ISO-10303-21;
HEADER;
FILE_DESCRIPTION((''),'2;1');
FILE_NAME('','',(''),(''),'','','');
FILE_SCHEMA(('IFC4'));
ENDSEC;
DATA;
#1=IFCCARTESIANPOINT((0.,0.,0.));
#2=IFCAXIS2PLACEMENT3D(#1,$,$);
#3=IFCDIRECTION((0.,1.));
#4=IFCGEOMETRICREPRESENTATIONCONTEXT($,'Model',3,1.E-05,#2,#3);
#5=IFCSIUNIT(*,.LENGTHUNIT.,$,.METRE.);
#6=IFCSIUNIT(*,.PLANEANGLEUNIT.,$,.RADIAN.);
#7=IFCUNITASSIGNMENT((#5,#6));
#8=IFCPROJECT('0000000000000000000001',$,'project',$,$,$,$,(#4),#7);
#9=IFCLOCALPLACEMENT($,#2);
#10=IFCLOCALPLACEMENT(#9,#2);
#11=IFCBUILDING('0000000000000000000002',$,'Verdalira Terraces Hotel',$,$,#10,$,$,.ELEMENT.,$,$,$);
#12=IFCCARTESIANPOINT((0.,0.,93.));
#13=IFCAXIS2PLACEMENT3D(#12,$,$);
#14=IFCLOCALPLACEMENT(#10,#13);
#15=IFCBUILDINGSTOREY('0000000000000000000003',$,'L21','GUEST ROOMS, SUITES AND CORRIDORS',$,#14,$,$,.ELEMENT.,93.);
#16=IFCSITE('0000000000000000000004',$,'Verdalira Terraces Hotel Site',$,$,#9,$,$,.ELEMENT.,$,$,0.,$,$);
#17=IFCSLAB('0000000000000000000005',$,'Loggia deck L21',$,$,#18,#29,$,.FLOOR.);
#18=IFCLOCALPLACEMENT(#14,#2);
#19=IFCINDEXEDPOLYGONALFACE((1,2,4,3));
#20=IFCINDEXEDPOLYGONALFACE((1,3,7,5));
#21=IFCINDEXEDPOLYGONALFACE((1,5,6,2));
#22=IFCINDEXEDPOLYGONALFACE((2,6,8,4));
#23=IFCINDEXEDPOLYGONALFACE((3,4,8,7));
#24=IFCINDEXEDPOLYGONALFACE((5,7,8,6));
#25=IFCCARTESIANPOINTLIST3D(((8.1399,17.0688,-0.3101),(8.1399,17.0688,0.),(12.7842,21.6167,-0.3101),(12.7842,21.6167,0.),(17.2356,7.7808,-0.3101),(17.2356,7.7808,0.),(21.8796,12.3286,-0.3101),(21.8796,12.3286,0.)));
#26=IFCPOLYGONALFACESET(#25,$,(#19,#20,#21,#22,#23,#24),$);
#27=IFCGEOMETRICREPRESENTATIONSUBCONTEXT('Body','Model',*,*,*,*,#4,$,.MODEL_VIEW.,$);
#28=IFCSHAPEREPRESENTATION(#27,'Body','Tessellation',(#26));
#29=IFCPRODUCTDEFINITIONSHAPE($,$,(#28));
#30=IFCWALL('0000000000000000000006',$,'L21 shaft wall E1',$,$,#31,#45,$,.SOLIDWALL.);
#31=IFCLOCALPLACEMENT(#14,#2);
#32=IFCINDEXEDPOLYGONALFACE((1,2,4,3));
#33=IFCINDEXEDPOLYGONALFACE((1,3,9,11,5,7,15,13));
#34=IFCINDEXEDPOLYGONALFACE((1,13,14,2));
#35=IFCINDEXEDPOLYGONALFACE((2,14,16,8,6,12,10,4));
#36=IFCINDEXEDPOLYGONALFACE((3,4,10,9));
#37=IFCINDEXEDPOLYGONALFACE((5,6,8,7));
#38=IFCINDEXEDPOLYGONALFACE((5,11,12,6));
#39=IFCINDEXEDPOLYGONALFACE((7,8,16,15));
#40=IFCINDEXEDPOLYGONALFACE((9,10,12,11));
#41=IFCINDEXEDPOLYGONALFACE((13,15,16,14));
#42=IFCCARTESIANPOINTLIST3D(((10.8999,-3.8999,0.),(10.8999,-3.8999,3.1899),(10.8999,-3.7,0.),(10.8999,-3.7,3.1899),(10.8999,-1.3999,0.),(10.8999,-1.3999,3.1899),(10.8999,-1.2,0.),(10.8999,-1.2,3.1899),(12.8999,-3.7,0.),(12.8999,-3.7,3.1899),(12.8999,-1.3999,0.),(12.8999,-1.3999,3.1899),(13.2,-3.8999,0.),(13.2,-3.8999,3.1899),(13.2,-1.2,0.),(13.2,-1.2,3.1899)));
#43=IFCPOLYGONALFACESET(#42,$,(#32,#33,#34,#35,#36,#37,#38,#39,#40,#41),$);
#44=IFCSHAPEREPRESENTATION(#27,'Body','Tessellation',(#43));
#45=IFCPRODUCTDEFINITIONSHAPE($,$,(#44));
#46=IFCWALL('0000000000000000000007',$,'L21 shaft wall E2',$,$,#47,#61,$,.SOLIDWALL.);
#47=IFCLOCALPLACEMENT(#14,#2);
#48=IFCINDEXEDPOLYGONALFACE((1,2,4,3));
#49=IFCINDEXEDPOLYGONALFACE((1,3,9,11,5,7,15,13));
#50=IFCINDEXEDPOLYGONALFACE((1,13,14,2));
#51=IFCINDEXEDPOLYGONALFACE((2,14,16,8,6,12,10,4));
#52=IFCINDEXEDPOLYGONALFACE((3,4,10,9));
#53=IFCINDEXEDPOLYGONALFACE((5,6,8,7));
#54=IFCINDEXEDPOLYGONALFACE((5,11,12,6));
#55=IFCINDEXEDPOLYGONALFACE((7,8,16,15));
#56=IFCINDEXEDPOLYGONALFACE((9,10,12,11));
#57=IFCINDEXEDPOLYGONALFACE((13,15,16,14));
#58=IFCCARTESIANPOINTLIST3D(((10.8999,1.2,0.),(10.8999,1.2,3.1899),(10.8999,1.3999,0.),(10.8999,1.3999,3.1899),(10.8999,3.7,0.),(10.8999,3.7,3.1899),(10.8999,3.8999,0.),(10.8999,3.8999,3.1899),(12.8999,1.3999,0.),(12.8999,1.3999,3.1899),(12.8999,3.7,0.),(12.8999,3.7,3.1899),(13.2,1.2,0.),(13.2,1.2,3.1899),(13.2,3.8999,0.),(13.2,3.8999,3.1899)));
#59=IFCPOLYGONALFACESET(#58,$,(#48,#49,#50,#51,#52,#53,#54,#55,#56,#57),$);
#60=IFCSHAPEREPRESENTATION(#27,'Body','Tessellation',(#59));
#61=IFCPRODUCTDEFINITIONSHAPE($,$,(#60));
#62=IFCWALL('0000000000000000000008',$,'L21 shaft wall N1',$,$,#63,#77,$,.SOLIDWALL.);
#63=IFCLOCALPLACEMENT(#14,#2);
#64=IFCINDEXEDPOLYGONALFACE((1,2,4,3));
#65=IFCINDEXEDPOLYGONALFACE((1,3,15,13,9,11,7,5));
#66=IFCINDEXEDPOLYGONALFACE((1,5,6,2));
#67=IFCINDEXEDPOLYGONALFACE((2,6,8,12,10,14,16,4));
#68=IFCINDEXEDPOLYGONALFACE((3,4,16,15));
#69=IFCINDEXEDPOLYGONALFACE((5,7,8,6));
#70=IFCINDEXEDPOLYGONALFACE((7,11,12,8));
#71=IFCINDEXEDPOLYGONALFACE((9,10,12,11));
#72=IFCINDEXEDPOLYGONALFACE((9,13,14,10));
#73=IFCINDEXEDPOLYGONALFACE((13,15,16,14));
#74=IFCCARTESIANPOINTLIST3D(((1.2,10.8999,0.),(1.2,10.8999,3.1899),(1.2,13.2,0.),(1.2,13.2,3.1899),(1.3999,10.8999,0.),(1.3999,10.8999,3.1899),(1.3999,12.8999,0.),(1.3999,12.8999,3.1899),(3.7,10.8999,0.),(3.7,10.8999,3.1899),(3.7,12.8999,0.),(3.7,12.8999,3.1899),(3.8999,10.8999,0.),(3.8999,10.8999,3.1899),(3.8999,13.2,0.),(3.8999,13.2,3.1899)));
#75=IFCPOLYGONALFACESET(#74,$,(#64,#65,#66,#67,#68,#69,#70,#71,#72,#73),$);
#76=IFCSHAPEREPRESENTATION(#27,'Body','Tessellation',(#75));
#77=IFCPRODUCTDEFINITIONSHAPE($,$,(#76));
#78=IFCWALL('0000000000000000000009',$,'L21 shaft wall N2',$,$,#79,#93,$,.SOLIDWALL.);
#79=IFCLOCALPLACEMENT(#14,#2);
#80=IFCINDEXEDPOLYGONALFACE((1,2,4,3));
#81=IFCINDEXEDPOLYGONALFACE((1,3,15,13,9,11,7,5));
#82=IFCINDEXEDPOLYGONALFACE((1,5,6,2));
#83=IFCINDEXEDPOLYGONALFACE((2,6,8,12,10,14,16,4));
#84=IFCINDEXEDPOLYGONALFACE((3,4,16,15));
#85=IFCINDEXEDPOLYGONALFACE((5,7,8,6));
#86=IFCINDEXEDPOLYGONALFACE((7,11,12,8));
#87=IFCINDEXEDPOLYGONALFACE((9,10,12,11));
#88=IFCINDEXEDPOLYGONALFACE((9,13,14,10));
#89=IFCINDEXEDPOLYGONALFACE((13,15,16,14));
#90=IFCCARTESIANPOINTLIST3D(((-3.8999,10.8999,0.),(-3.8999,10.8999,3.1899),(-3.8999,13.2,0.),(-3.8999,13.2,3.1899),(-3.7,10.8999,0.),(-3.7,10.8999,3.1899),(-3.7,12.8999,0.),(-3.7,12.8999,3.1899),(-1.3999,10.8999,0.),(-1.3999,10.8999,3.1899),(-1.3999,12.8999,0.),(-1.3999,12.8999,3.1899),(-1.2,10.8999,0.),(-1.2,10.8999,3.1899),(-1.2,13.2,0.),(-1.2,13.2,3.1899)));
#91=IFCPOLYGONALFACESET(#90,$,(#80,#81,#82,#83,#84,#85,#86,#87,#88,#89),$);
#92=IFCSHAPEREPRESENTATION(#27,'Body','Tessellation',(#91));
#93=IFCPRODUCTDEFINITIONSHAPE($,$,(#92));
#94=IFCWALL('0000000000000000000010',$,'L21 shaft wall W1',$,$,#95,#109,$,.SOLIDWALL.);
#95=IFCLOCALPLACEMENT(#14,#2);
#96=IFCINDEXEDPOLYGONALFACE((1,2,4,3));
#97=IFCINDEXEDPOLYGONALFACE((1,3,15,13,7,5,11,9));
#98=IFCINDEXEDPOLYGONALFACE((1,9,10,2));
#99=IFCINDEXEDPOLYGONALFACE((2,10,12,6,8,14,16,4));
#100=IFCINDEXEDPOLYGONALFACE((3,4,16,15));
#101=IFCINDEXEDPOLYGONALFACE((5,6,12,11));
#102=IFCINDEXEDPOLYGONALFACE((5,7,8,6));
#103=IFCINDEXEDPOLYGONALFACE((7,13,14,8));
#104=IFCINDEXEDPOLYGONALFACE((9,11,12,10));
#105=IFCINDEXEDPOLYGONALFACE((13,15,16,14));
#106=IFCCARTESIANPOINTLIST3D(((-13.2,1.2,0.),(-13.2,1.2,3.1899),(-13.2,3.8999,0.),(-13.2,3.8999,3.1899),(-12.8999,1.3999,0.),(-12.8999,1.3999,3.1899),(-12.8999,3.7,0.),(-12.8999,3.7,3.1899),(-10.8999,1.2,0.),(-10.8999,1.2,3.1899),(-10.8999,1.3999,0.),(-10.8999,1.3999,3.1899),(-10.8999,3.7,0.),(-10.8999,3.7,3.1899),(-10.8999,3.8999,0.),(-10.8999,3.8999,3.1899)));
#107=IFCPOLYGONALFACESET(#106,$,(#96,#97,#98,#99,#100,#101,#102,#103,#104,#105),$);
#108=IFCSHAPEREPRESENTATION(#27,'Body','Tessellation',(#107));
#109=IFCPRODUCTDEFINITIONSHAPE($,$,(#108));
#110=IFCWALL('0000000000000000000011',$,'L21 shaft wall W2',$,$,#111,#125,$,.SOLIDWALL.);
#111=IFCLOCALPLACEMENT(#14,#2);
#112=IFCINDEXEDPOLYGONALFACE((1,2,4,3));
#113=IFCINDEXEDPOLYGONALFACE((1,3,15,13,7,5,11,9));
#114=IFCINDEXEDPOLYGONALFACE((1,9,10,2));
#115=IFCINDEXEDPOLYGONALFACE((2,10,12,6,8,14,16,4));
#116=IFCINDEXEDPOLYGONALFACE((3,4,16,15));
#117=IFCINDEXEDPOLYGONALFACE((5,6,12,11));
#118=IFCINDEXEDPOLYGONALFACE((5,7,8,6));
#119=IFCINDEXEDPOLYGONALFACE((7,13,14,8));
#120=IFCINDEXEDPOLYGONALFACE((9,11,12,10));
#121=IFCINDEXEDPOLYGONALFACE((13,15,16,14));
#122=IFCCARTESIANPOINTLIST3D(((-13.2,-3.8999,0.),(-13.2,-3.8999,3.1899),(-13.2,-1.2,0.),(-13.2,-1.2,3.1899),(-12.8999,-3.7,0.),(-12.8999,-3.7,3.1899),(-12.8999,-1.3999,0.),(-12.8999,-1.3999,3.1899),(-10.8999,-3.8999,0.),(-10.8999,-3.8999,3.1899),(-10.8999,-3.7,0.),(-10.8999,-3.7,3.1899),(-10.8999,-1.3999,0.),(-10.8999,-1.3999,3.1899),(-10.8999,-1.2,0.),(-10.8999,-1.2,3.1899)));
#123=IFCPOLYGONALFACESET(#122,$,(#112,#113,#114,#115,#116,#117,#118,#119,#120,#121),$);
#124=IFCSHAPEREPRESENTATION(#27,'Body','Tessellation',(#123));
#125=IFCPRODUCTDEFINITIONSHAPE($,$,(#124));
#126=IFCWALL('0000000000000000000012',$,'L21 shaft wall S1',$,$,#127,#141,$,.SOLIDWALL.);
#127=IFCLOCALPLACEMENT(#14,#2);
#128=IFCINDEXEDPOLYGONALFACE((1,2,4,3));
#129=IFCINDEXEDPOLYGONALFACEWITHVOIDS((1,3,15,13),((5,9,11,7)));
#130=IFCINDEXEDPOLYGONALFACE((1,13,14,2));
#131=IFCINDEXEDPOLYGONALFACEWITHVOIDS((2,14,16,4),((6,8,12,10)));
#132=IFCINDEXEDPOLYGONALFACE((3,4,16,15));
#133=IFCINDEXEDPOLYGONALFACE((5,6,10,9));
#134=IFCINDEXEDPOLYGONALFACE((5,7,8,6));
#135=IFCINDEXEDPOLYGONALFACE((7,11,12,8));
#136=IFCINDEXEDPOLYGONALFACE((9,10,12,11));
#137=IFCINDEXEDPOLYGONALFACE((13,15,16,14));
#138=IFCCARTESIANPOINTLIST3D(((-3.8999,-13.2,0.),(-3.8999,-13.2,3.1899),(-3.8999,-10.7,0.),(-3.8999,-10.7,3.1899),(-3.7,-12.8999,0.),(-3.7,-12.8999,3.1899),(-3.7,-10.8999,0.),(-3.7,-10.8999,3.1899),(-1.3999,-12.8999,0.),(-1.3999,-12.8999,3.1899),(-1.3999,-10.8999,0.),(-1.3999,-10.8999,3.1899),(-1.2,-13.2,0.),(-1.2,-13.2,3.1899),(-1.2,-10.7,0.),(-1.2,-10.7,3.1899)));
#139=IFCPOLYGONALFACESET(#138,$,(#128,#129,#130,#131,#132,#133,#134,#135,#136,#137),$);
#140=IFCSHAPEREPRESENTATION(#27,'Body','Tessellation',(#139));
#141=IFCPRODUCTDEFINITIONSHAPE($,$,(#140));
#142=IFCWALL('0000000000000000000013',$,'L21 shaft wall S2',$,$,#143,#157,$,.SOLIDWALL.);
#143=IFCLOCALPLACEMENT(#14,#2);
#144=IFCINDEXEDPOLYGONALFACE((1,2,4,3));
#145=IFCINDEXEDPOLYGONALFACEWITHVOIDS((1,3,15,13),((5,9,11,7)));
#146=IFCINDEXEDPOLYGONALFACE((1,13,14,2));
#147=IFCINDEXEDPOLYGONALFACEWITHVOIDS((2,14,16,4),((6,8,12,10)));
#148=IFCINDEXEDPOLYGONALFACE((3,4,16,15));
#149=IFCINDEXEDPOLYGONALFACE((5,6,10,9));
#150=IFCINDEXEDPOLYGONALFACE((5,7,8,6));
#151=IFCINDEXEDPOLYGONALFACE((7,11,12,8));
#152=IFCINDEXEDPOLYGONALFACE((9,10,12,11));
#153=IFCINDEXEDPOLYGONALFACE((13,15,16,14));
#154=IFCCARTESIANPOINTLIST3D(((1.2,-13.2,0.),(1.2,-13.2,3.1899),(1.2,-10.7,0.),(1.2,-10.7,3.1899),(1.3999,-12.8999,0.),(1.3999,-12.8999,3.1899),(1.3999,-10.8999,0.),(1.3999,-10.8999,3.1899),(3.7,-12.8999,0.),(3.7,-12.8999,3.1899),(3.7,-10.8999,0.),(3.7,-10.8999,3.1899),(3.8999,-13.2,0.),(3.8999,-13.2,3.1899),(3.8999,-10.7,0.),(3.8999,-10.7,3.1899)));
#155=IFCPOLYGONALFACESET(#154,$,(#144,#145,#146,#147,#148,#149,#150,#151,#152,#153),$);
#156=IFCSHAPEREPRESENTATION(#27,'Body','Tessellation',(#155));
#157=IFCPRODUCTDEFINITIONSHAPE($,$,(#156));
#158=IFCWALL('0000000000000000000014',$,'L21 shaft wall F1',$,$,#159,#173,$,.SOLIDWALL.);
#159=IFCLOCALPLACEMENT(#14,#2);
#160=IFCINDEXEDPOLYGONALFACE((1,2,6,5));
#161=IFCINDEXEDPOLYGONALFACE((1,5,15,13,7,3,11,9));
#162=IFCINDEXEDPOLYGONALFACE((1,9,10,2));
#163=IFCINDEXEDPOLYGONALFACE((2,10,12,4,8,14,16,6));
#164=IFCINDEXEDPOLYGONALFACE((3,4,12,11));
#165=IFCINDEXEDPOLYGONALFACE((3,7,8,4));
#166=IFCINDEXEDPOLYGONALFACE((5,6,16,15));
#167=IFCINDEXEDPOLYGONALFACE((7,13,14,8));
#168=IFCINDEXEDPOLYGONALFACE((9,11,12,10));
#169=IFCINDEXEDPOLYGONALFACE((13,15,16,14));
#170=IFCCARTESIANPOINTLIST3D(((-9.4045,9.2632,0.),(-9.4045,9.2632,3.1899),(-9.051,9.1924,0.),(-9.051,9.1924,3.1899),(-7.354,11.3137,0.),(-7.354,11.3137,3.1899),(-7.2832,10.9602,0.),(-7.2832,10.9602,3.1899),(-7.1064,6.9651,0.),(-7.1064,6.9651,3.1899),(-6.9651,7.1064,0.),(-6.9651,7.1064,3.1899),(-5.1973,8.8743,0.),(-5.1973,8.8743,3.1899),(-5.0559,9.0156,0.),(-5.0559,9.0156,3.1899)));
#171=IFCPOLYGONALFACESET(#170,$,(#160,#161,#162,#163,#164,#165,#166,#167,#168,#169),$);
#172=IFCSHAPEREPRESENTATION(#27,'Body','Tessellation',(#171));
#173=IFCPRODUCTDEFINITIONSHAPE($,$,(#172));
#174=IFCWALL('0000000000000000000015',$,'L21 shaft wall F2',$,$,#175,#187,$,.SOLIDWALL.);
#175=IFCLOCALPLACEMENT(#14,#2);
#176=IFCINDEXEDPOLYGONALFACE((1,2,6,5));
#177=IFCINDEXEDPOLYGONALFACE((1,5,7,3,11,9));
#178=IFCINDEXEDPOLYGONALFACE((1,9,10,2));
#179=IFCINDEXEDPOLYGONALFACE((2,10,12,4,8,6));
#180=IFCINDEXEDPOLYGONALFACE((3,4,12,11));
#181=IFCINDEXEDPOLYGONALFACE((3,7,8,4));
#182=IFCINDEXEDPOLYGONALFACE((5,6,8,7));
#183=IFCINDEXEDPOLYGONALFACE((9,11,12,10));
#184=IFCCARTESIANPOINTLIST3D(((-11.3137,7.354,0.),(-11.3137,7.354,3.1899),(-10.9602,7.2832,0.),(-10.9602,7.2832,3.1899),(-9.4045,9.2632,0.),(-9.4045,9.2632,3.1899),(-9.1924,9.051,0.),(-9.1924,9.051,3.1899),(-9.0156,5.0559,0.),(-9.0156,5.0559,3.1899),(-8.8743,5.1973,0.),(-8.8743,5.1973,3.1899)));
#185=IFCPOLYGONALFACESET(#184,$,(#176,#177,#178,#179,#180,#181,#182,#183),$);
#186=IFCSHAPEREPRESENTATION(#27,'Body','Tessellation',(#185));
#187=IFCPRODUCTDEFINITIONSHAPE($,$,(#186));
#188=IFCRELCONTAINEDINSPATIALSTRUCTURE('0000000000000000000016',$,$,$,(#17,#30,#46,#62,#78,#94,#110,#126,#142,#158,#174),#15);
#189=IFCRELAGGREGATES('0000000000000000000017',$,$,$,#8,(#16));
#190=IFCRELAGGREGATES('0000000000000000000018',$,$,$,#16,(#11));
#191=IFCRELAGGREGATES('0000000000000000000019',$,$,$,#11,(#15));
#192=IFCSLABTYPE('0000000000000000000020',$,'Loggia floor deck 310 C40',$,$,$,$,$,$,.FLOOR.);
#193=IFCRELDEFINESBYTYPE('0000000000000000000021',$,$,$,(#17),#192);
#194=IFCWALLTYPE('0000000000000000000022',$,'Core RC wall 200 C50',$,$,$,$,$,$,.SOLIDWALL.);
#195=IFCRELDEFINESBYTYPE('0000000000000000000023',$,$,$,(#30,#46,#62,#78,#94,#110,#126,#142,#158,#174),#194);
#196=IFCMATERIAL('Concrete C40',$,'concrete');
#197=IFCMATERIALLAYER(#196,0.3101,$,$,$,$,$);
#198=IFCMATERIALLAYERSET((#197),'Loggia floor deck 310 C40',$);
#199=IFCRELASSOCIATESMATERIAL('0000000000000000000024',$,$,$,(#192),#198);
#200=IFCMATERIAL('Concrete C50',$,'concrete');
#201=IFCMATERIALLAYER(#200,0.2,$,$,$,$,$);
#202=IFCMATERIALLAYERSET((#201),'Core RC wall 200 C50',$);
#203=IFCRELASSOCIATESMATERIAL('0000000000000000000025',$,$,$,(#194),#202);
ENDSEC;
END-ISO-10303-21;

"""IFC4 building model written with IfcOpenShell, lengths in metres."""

from ifc_helpers import new_model, si_unit, direction, frame, origin, place, context, subcontext, project, spatial, polyline, outline, extrude, material, layer, layer_set, type_object, element, save


model = new_model("IFC4")

# Units and contexts
model_context = context("Model", 3, precision=1e-05, world=origin(), true_north=direction((0.0, 1.0)))
body_context = subcontext(model_context, "Body", "Model", "MODEL_VIEW")
ifc_project = project(units=[si_unit("LENGTHUNIT", "METRE"), si_unit("PLANEANGLEUNIT", "RADIAN")], contexts=[model_context])

# Site, building, storey
site_placement = place(None, origin())
site = spatial("IfcSite", under=ifc_project, at=site_placement, Name="Verdalira Terraces Hotel Site", CompositionType="ELEMENT", RefElevation=0.0)
building_placement = place(site_placement, origin())
building = spatial("IfcBuilding", under=site, at=building_placement, Name="Verdalira Terraces Hotel", CompositionType="ELEMENT")
storey_placement = place(building_placement, frame((0.0, 0.0, 93.0)))
storey = spatial("IfcBuildingStorey", under=building, at=storey_placement, Name="L21", Description="GUEST ROOMS, SUITES AND CORRIDORS", CompositionType="ELEMENT", Elevation=93.0)

# Slab
ifc_material_1 = material(Name="Concrete C40", Category="concrete")
ifc_layer_1 = layer(ifc_material_1, 0.3101)
ifc_layer_set_1 = layer_set([ifc_layer_1], Name="Loggia floor deck 310 C40")
slab_type_1 = type_object("IfcSlabType", Name="Loggia floor deck 310 C40", PredefinedType="FLOOR", material=ifc_layer_set_1)
slab_1_placement = place(storey_placement, frame((0.0, 0.0, -0.3101)))
element("IfcSlab", 1, at=slab_1_placement, inside=storey, type_object=slab_type_1, Name="Loggia deck L21", PredefinedType="FLOOR", context=body_context, shape_type="SweptSolid", body=[
    extrude(outline(polyline([(17.2356, 7.7808), (21.8796, 12.3286), (12.7842, 21.6167), (8.1399, 17.0688), (17.2356, 7.7808)])), origin(), (0.0, 0.0, 1.0), 0.3101),
])

# Walls
ifc_material_2 = material(Name="Concrete C50", Category="concrete")
ifc_layer_2 = layer(ifc_material_2, 0.2)
ifc_layer_set_2 = layer_set([ifc_layer_2], Name="Core RC wall 200 C50")
wall_type = type_object("IfcWallType", Name="Core RC wall 200 C50", PredefinedType="SOLIDWALL", material=ifc_layer_set_2)
wall_1_placement = place(storey_placement, origin())
element("IfcWall", 2, at=wall_1_placement, inside=storey, type_object=wall_type, Name="L21 shaft wall E1", PredefinedType="SOLIDWALL", context=body_context, shape_type="SweptSolid", body=[
    extrude(outline(polyline([(13.2, -3.8999), (10.8999, -3.8999), (10.8999, -3.7), (12.8999, -3.7), (12.8999, -1.3999), (10.8999, -1.3999), (10.8999, -1.2), (13.2, -1.2), (13.2, -3.8999)])), origin(), (0.0, 0.0, 1.0), 3.1899),
])
wall_2_placement = place(storey_placement, origin())
element("IfcWall", 3, at=wall_2_placement, inside=storey, type_object=wall_type, Name="L21 shaft wall E2", PredefinedType="SOLIDWALL", context=body_context, shape_type="SweptSolid", body=[
    extrude(outline(polyline([(13.2, 3.8999), (13.2, 1.2), (10.8999, 1.2), (10.8999, 1.3999), (12.8999, 1.3999), (12.8999, 3.7), (10.8999, 3.7), (10.8999, 3.8999), (13.2, 3.8999)])), origin(), (0.0, 0.0, 1.0), 3.1899),
])
wall_3_placement = place(storey_placement, origin())
element("IfcWall", 4, at=wall_3_placement, inside=storey, type_object=wall_type, Name="L21 shaft wall N1", PredefinedType="SOLIDWALL", context=body_context, shape_type="SweptSolid", body=[
    extrude(outline(polyline([(3.8999, 13.2), (3.8999, 10.8999), (3.7, 10.8999), (3.7, 12.8999), (1.3999, 12.8999), (1.3999, 10.8999), (1.2, 10.8999), (1.2, 13.2), (3.8999, 13.2)])), origin(), (0.0, 0.0, 1.0), 3.1899),
])
wall_4_placement = place(storey_placement, origin())
element("IfcWall", 5, at=wall_4_placement, inside=storey, type_object=wall_type, Name="L21 shaft wall N2", PredefinedType="SOLIDWALL", context=body_context, shape_type="SweptSolid", body=[
    extrude(outline(polyline([(-3.8999, 10.8999), (-3.8999, 13.2), (-1.2, 13.2), (-1.2, 10.8999), (-1.3999, 10.8999), (-1.3999, 12.8999), (-3.7, 12.8999), (-3.7, 10.8999), (-3.8999, 10.8999)])), origin(), (0.0, 0.0, 1.0), 3.1899),
])
wall_5_placement = place(storey_placement, origin())
element("IfcWall", 6, at=wall_5_placement, inside=storey, type_object=wall_type, Name="L21 shaft wall W1", PredefinedType="SOLIDWALL", context=body_context, shape_type="SweptSolid", body=[
    extrude(outline(polyline([(-13.2, 3.8999), (-10.8999, 3.8999), (-10.8999, 3.7), (-12.8999, 3.7), (-12.8999, 1.3999), (-10.8999, 1.3999), (-10.8999, 1.2), (-13.2, 1.2), (-13.2, 3.8999)])), origin(), (0.0, 0.0, 1.0), 3.1899),
])
wall_6_placement = place(storey_placement, origin())
element("IfcWall", 7, at=wall_6_placement, inside=storey, type_object=wall_type, Name="L21 shaft wall W2", PredefinedType="SOLIDWALL", context=body_context, shape_type="SweptSolid", body=[
    extrude(outline(polyline([(-13.2, -3.8999), (-13.2, -1.2), (-10.8999, -1.2), (-10.8999, -1.3999), (-12.8999, -1.3999), (-12.8999, -3.7), (-10.8999, -3.7), (-10.8999, -3.8999), (-13.2, -3.8999)])), origin(), (0.0, 0.0, 1.0), 3.1899),
])
wall_7_placement = place(storey_placement, origin())
element("IfcWall", 8, at=wall_7_placement, inside=storey, type_object=wall_type, Name="L21 shaft wall S1", PredefinedType="SOLIDWALL", context=body_context, shape_type="SweptSolid", body=[
    extrude(outline(polyline([(-1.2, -13.2), (-3.8999, -13.2), (-3.8999, -10.7), (-1.2, -10.7), (-1.2, -13.2)]), holes=[polyline([(-3.7, -10.8999), (-3.7, -12.8999), (-1.3999, -12.8999), (-1.3999, -10.8999), (-3.7, -10.8999)])]), origin(), (0.0, 0.0, 1.0), 3.1899),
])
wall_8_placement = place(storey_placement, origin())
element("IfcWall", 9, at=wall_8_placement, inside=storey, type_object=wall_type, Name="L21 shaft wall S2", PredefinedType="SOLIDWALL", context=body_context, shape_type="SweptSolid", body=[
    extrude(outline(polyline([(3.8999, -10.7), (3.8999, -13.2), (1.2, -13.2), (1.2, -10.7), (3.8999, -10.7)]), holes=[polyline([(1.3999, -12.8999), (3.7, -12.8999), (3.7, -10.8999), (1.3999, -10.8999), (1.3999, -12.8999)])]), origin(), (0.0, 0.0, 1.0), 3.1899),
])
wall_9_placement = place(storey_placement, origin())
element("IfcWall", 10, at=wall_9_placement, inside=storey, type_object=wall_type, Name="L21 shaft wall F1", PredefinedType="SOLIDWALL", context=body_context, shape_type="SweptSolid", body=[
    extrude(outline(polyline([(-9.4045, 9.2632), (-7.354, 11.3137), (-5.0559, 9.0156), (-5.1973, 8.8743), (-7.2832, 10.9602), (-9.051, 9.1924), (-6.9651, 7.1064), (-7.1064, 6.9651), (-9.4045, 9.2632)])), origin(), (0.0, 0.0, 1.0), 3.1899),
])
wall_10_placement = place(storey_placement, origin())
element("IfcWall", 11, at=wall_10_placement, inside=storey, type_object=wall_type, Name="L21 shaft wall F2", PredefinedType="SOLIDWALL", context=body_context, shape_type="SweptSolid", body=[
    extrude(outline(polyline([(-11.3137, 7.354), (-9.4045, 9.2632), (-9.1924, 9.051), (-10.9602, 7.2832), (-8.8743, 5.1973), (-9.0156, 5.0559), (-11.3137, 7.354)])), origin(), (0.0, 0.0, 1.0), 3.1899),
])

save(model, "model.ifc")
